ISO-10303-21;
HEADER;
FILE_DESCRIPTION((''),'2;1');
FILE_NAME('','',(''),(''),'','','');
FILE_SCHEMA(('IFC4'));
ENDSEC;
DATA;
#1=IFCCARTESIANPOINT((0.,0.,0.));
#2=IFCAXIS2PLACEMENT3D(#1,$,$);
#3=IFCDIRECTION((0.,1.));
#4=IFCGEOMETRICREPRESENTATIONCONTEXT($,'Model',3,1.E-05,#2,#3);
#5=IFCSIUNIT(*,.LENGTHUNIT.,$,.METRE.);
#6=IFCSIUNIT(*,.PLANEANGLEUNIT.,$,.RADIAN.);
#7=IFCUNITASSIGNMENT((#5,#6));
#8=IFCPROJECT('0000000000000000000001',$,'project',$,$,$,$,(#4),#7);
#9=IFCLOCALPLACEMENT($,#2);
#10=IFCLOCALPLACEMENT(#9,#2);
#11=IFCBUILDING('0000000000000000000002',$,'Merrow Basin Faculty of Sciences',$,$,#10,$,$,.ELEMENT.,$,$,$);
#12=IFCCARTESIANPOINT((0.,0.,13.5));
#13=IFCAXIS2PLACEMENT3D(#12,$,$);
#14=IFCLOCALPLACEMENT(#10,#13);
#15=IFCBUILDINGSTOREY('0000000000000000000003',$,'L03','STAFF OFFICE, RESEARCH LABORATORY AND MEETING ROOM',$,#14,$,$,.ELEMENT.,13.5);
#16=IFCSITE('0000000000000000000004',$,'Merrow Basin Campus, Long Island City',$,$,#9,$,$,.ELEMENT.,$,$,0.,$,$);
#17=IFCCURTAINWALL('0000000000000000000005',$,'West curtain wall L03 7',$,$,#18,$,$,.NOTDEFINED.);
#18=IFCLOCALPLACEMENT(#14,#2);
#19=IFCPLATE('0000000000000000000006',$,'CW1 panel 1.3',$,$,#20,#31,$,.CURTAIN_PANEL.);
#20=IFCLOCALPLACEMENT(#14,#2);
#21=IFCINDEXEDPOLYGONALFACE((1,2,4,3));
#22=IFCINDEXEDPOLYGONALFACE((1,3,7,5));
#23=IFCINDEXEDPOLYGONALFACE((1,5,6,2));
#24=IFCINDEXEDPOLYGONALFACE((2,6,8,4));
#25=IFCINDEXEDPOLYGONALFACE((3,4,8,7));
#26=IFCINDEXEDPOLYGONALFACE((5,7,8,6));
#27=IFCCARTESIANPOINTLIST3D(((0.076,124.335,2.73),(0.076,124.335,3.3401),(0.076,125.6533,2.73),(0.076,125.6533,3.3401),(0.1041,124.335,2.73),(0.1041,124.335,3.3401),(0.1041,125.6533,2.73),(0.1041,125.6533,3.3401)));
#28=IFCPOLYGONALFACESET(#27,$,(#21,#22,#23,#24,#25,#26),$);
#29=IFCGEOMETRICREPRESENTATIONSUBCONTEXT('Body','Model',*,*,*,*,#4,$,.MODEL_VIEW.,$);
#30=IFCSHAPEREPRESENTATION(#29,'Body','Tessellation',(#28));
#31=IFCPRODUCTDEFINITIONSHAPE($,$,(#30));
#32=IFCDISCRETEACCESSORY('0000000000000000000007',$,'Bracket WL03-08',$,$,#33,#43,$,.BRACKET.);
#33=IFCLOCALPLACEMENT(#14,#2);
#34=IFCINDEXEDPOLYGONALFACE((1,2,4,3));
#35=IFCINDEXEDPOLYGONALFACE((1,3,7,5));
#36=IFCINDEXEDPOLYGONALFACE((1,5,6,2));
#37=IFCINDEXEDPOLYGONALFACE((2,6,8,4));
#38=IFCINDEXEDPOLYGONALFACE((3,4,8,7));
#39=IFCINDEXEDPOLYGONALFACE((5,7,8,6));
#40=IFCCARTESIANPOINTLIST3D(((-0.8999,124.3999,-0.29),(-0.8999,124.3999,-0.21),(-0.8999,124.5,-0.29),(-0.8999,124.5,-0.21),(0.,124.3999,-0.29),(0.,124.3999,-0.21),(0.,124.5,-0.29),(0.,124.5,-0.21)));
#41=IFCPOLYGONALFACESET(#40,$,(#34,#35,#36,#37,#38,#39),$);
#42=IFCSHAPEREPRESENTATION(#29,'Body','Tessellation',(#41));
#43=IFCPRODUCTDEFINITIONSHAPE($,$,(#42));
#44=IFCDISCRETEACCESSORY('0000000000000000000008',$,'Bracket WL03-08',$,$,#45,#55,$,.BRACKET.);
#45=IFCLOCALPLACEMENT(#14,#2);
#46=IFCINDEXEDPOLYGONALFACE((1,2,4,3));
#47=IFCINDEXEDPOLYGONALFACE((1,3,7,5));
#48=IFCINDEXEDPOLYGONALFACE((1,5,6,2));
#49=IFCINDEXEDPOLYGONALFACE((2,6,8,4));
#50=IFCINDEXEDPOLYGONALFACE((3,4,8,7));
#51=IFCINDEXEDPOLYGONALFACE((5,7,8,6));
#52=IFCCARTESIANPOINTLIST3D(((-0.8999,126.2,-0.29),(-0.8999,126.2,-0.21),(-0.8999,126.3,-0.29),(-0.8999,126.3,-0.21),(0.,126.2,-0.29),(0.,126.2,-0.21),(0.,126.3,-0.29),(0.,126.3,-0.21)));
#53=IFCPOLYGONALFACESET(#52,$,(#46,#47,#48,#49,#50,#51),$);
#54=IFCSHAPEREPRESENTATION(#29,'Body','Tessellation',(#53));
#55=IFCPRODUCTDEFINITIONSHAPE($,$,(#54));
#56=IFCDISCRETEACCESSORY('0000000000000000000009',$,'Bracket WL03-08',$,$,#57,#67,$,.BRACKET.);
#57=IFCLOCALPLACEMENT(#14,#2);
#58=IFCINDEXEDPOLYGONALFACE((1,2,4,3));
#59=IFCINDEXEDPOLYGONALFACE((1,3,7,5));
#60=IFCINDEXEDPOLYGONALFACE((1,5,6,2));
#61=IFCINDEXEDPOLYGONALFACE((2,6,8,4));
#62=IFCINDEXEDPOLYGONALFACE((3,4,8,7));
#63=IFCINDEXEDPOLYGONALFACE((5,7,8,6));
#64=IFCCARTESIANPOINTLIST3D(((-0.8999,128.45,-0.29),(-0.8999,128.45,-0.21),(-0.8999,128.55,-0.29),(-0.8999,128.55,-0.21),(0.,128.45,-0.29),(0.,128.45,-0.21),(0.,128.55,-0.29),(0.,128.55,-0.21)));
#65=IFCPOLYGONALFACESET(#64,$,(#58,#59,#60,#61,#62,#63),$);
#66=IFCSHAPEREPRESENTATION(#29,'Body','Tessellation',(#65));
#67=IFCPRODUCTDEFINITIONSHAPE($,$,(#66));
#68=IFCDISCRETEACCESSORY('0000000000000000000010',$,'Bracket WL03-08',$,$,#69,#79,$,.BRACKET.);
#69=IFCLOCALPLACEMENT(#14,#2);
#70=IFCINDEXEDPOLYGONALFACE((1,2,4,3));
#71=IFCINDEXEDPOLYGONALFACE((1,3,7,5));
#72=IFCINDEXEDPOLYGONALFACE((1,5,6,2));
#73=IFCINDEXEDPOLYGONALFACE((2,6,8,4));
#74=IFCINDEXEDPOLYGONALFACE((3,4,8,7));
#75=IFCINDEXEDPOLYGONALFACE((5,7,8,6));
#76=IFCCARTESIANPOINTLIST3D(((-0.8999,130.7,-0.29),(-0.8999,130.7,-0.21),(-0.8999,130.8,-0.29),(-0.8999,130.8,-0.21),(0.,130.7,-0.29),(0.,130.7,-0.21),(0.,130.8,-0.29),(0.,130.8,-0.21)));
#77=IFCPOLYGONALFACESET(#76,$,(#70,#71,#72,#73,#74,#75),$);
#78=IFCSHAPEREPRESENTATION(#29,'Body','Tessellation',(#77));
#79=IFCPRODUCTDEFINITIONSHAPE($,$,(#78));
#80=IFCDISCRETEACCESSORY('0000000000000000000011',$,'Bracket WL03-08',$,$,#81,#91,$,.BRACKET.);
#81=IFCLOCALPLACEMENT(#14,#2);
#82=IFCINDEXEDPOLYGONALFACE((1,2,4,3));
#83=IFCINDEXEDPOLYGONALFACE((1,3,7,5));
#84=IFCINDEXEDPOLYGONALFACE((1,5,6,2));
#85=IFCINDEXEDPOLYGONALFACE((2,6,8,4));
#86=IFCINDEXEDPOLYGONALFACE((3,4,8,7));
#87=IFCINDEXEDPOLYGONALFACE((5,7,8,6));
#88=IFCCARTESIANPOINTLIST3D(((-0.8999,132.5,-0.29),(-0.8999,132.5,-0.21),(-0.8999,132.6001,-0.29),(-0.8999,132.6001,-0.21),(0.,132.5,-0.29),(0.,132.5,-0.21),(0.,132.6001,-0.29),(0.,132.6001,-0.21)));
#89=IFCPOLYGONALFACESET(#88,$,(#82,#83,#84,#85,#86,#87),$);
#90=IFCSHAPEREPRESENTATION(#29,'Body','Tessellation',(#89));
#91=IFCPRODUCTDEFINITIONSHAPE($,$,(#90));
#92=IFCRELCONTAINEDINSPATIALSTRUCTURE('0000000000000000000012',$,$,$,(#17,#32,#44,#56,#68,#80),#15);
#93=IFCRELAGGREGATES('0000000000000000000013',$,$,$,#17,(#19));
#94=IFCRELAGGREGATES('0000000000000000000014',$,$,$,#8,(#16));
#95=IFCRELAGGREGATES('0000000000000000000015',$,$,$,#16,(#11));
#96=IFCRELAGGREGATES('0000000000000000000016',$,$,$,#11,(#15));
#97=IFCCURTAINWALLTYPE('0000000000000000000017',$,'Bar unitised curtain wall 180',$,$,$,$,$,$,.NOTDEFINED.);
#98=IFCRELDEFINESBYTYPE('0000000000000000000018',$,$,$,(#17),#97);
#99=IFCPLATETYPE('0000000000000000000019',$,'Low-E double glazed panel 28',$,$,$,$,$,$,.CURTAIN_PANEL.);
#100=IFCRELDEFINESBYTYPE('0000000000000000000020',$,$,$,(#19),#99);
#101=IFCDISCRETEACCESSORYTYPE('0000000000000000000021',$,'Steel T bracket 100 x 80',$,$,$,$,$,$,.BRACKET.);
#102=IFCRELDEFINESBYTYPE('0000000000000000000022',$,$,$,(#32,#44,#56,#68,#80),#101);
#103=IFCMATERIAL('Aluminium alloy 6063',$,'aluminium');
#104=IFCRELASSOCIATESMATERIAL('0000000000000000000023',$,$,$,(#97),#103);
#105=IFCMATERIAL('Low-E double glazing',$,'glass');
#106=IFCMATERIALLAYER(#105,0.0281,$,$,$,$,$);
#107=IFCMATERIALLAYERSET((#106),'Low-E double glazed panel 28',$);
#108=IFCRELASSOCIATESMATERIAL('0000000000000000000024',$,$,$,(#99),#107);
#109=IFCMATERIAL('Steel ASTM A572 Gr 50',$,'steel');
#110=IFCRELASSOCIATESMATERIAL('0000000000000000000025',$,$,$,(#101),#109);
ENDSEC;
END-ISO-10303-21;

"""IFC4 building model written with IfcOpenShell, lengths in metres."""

from ifc_helpers import new_model, si_unit, direction, frame, origin, origin_2d, place, context, subcontext, project, spatial, polyline, rectangle, outline, extrude, source, transform, mapped, material, layer, layer_set, type_object, element, aggregate, save


model = new_model("IFC4")

# Units and contexts
model_context = context("Model", 3, precision=1e-05, world=origin(), true_north=direction((0.0, 1.0)))
body_context = subcontext(model_context, "Body", "Model", "MODEL_VIEW")
ifc_project = project(units=[si_unit("LENGTHUNIT", "METRE"), si_unit("PLANEANGLEUNIT", "RADIAN")], contexts=[model_context])

# Site, building, storey
site_placement = place(None, origin())
site = spatial("IfcSite", under=ifc_project, at=site_placement, Name="Merrow Basin Campus, Long Island City", CompositionType="ELEMENT", RefElevation=0.0)
building_placement = place(site_placement, origin())
building = spatial("IfcBuilding", under=site, at=building_placement, Name="Merrow Basin Faculty of Sciences", CompositionType="ELEMENT")
storey_placement = place(building_placement, frame((0.0, 0.0, 13.5)))
storey = spatial("IfcBuildingStorey", under=building, at=storey_placement, Name="L03", Description="STAFF OFFICE, RESEARCH LABORATORY AND MEETING ROOM", CompositionType="ELEMENT", Elevation=13.5)

# Shared definitions
ifc_material_1 = material(Name="Aluminium alloy 6063", Category="aluminium")
curtain_wall_type = type_object("IfcCurtainWallType", Name="Bar unitised curtain wall 180", PredefinedType="NOTDEFINED", material=ifc_material_1)

# Curtain wall
curtain_wall_1_placement = place(storey_placement, origin())
curtain_wall_1 = element("IfcCurtainWall", 1, at=curtain_wall_1_placement, inside=storey, type_object=curtain_wall_type, Name="West curtain wall L03 7", PredefinedType="NOTDEFINED")

# Plate
ifc_material_2 = material(Name="Low-E double glazing", Category="glass")
ifc_layer_1 = layer(ifc_material_2, 0.0281)
ifc_layer_set_1 = layer_set([ifc_layer_1], Name="Low-E double glazed panel 28")
plate_type_1 = type_object("IfcPlateType", Name="Low-E double glazed panel 28", PredefinedType="CURTAIN_PANEL", material=ifc_layer_set_1)
plate_1_placement = place(storey_placement, frame((0.0901, 124.9941, 2.73), z_axis=(0.0, 0.0, 1.0), x_axis=(0.0, 1.0, 0.0)))
plate_1 = element("IfcPlate", 2, at=plate_1_placement, type_object=plate_type_1, Name="CW1 panel 1.3", PredefinedType="CURTAIN_PANEL", context=body_context, shape_type="SweptSolid", body=[
    extrude(rectangle(XDim=1.3184, YDim=0.0281, at=origin_2d()), origin(), (0.0, 0.0, 1.0), 0.6101),
])
aggregate(curtain_wall_1, [plate_1])

# Discrete accessories
ifc_material_3 = material(Name="Steel ASTM A572 Gr 50", Category="steel")
discrete_accessory_type = type_object("IfcDiscreteAccessoryType", Name="Steel T bracket 100 x 80", PredefinedType="BRACKET", material=ifc_material_3)
shared_shape_1 = source(origin(), body_context, "Body", "SweptSolid", [
    extrude(outline(polyline([(0.0, 0.0), (0.1001, 0.0), (0.1001, 0.0801), (0.0, 0.0801), (0.0, 0.0)])), origin(), (0.0, 0.0, 1.0), 0.8999),
])
for number, where, z_axis, x_axis, name in (
    (3, (-0.8999, 124.3999, -0.29), (1.0, 0.0, 0.0), (0.0, 1.0, 0.0), "Bracket WL03-08"),
    (4, (-0.8999, 126.2, -0.29), (1.0, 0.0, 0.0), (0.0, 1.0, 0.0), "Bracket WL03-08"),
    (5, (-0.8999, 128.45, -0.29), (1.0, 0.0, 0.0), (0.0, 1.0, 0.0), "Bracket WL03-08"),
    (6, (-0.8999, 130.7, -0.29), (1.0, 0.0, 0.0), (0.0, 1.0, 0.0), "Bracket WL03-08"),
    (7, (-0.8999, 132.5, -0.29), (1.0, 0.0, 0.0), (0.0, 1.0, 0.0), "Bracket WL03-08"),
):
    element("IfcDiscreteAccessory", number, at=place(storey_placement, frame(where, z_axis=z_axis, x_axis=x_axis)), inside=storey, type_object=discrete_accessory_type, Name=name, PredefinedType="BRACKET", context=body_context, shape_type="MappedRepresentation", body=[
        mapped(shared_shape_1, transform((0.0, 0.0, 0.0), scale=1.0)),
    ])

save(model, "model.ifc")
